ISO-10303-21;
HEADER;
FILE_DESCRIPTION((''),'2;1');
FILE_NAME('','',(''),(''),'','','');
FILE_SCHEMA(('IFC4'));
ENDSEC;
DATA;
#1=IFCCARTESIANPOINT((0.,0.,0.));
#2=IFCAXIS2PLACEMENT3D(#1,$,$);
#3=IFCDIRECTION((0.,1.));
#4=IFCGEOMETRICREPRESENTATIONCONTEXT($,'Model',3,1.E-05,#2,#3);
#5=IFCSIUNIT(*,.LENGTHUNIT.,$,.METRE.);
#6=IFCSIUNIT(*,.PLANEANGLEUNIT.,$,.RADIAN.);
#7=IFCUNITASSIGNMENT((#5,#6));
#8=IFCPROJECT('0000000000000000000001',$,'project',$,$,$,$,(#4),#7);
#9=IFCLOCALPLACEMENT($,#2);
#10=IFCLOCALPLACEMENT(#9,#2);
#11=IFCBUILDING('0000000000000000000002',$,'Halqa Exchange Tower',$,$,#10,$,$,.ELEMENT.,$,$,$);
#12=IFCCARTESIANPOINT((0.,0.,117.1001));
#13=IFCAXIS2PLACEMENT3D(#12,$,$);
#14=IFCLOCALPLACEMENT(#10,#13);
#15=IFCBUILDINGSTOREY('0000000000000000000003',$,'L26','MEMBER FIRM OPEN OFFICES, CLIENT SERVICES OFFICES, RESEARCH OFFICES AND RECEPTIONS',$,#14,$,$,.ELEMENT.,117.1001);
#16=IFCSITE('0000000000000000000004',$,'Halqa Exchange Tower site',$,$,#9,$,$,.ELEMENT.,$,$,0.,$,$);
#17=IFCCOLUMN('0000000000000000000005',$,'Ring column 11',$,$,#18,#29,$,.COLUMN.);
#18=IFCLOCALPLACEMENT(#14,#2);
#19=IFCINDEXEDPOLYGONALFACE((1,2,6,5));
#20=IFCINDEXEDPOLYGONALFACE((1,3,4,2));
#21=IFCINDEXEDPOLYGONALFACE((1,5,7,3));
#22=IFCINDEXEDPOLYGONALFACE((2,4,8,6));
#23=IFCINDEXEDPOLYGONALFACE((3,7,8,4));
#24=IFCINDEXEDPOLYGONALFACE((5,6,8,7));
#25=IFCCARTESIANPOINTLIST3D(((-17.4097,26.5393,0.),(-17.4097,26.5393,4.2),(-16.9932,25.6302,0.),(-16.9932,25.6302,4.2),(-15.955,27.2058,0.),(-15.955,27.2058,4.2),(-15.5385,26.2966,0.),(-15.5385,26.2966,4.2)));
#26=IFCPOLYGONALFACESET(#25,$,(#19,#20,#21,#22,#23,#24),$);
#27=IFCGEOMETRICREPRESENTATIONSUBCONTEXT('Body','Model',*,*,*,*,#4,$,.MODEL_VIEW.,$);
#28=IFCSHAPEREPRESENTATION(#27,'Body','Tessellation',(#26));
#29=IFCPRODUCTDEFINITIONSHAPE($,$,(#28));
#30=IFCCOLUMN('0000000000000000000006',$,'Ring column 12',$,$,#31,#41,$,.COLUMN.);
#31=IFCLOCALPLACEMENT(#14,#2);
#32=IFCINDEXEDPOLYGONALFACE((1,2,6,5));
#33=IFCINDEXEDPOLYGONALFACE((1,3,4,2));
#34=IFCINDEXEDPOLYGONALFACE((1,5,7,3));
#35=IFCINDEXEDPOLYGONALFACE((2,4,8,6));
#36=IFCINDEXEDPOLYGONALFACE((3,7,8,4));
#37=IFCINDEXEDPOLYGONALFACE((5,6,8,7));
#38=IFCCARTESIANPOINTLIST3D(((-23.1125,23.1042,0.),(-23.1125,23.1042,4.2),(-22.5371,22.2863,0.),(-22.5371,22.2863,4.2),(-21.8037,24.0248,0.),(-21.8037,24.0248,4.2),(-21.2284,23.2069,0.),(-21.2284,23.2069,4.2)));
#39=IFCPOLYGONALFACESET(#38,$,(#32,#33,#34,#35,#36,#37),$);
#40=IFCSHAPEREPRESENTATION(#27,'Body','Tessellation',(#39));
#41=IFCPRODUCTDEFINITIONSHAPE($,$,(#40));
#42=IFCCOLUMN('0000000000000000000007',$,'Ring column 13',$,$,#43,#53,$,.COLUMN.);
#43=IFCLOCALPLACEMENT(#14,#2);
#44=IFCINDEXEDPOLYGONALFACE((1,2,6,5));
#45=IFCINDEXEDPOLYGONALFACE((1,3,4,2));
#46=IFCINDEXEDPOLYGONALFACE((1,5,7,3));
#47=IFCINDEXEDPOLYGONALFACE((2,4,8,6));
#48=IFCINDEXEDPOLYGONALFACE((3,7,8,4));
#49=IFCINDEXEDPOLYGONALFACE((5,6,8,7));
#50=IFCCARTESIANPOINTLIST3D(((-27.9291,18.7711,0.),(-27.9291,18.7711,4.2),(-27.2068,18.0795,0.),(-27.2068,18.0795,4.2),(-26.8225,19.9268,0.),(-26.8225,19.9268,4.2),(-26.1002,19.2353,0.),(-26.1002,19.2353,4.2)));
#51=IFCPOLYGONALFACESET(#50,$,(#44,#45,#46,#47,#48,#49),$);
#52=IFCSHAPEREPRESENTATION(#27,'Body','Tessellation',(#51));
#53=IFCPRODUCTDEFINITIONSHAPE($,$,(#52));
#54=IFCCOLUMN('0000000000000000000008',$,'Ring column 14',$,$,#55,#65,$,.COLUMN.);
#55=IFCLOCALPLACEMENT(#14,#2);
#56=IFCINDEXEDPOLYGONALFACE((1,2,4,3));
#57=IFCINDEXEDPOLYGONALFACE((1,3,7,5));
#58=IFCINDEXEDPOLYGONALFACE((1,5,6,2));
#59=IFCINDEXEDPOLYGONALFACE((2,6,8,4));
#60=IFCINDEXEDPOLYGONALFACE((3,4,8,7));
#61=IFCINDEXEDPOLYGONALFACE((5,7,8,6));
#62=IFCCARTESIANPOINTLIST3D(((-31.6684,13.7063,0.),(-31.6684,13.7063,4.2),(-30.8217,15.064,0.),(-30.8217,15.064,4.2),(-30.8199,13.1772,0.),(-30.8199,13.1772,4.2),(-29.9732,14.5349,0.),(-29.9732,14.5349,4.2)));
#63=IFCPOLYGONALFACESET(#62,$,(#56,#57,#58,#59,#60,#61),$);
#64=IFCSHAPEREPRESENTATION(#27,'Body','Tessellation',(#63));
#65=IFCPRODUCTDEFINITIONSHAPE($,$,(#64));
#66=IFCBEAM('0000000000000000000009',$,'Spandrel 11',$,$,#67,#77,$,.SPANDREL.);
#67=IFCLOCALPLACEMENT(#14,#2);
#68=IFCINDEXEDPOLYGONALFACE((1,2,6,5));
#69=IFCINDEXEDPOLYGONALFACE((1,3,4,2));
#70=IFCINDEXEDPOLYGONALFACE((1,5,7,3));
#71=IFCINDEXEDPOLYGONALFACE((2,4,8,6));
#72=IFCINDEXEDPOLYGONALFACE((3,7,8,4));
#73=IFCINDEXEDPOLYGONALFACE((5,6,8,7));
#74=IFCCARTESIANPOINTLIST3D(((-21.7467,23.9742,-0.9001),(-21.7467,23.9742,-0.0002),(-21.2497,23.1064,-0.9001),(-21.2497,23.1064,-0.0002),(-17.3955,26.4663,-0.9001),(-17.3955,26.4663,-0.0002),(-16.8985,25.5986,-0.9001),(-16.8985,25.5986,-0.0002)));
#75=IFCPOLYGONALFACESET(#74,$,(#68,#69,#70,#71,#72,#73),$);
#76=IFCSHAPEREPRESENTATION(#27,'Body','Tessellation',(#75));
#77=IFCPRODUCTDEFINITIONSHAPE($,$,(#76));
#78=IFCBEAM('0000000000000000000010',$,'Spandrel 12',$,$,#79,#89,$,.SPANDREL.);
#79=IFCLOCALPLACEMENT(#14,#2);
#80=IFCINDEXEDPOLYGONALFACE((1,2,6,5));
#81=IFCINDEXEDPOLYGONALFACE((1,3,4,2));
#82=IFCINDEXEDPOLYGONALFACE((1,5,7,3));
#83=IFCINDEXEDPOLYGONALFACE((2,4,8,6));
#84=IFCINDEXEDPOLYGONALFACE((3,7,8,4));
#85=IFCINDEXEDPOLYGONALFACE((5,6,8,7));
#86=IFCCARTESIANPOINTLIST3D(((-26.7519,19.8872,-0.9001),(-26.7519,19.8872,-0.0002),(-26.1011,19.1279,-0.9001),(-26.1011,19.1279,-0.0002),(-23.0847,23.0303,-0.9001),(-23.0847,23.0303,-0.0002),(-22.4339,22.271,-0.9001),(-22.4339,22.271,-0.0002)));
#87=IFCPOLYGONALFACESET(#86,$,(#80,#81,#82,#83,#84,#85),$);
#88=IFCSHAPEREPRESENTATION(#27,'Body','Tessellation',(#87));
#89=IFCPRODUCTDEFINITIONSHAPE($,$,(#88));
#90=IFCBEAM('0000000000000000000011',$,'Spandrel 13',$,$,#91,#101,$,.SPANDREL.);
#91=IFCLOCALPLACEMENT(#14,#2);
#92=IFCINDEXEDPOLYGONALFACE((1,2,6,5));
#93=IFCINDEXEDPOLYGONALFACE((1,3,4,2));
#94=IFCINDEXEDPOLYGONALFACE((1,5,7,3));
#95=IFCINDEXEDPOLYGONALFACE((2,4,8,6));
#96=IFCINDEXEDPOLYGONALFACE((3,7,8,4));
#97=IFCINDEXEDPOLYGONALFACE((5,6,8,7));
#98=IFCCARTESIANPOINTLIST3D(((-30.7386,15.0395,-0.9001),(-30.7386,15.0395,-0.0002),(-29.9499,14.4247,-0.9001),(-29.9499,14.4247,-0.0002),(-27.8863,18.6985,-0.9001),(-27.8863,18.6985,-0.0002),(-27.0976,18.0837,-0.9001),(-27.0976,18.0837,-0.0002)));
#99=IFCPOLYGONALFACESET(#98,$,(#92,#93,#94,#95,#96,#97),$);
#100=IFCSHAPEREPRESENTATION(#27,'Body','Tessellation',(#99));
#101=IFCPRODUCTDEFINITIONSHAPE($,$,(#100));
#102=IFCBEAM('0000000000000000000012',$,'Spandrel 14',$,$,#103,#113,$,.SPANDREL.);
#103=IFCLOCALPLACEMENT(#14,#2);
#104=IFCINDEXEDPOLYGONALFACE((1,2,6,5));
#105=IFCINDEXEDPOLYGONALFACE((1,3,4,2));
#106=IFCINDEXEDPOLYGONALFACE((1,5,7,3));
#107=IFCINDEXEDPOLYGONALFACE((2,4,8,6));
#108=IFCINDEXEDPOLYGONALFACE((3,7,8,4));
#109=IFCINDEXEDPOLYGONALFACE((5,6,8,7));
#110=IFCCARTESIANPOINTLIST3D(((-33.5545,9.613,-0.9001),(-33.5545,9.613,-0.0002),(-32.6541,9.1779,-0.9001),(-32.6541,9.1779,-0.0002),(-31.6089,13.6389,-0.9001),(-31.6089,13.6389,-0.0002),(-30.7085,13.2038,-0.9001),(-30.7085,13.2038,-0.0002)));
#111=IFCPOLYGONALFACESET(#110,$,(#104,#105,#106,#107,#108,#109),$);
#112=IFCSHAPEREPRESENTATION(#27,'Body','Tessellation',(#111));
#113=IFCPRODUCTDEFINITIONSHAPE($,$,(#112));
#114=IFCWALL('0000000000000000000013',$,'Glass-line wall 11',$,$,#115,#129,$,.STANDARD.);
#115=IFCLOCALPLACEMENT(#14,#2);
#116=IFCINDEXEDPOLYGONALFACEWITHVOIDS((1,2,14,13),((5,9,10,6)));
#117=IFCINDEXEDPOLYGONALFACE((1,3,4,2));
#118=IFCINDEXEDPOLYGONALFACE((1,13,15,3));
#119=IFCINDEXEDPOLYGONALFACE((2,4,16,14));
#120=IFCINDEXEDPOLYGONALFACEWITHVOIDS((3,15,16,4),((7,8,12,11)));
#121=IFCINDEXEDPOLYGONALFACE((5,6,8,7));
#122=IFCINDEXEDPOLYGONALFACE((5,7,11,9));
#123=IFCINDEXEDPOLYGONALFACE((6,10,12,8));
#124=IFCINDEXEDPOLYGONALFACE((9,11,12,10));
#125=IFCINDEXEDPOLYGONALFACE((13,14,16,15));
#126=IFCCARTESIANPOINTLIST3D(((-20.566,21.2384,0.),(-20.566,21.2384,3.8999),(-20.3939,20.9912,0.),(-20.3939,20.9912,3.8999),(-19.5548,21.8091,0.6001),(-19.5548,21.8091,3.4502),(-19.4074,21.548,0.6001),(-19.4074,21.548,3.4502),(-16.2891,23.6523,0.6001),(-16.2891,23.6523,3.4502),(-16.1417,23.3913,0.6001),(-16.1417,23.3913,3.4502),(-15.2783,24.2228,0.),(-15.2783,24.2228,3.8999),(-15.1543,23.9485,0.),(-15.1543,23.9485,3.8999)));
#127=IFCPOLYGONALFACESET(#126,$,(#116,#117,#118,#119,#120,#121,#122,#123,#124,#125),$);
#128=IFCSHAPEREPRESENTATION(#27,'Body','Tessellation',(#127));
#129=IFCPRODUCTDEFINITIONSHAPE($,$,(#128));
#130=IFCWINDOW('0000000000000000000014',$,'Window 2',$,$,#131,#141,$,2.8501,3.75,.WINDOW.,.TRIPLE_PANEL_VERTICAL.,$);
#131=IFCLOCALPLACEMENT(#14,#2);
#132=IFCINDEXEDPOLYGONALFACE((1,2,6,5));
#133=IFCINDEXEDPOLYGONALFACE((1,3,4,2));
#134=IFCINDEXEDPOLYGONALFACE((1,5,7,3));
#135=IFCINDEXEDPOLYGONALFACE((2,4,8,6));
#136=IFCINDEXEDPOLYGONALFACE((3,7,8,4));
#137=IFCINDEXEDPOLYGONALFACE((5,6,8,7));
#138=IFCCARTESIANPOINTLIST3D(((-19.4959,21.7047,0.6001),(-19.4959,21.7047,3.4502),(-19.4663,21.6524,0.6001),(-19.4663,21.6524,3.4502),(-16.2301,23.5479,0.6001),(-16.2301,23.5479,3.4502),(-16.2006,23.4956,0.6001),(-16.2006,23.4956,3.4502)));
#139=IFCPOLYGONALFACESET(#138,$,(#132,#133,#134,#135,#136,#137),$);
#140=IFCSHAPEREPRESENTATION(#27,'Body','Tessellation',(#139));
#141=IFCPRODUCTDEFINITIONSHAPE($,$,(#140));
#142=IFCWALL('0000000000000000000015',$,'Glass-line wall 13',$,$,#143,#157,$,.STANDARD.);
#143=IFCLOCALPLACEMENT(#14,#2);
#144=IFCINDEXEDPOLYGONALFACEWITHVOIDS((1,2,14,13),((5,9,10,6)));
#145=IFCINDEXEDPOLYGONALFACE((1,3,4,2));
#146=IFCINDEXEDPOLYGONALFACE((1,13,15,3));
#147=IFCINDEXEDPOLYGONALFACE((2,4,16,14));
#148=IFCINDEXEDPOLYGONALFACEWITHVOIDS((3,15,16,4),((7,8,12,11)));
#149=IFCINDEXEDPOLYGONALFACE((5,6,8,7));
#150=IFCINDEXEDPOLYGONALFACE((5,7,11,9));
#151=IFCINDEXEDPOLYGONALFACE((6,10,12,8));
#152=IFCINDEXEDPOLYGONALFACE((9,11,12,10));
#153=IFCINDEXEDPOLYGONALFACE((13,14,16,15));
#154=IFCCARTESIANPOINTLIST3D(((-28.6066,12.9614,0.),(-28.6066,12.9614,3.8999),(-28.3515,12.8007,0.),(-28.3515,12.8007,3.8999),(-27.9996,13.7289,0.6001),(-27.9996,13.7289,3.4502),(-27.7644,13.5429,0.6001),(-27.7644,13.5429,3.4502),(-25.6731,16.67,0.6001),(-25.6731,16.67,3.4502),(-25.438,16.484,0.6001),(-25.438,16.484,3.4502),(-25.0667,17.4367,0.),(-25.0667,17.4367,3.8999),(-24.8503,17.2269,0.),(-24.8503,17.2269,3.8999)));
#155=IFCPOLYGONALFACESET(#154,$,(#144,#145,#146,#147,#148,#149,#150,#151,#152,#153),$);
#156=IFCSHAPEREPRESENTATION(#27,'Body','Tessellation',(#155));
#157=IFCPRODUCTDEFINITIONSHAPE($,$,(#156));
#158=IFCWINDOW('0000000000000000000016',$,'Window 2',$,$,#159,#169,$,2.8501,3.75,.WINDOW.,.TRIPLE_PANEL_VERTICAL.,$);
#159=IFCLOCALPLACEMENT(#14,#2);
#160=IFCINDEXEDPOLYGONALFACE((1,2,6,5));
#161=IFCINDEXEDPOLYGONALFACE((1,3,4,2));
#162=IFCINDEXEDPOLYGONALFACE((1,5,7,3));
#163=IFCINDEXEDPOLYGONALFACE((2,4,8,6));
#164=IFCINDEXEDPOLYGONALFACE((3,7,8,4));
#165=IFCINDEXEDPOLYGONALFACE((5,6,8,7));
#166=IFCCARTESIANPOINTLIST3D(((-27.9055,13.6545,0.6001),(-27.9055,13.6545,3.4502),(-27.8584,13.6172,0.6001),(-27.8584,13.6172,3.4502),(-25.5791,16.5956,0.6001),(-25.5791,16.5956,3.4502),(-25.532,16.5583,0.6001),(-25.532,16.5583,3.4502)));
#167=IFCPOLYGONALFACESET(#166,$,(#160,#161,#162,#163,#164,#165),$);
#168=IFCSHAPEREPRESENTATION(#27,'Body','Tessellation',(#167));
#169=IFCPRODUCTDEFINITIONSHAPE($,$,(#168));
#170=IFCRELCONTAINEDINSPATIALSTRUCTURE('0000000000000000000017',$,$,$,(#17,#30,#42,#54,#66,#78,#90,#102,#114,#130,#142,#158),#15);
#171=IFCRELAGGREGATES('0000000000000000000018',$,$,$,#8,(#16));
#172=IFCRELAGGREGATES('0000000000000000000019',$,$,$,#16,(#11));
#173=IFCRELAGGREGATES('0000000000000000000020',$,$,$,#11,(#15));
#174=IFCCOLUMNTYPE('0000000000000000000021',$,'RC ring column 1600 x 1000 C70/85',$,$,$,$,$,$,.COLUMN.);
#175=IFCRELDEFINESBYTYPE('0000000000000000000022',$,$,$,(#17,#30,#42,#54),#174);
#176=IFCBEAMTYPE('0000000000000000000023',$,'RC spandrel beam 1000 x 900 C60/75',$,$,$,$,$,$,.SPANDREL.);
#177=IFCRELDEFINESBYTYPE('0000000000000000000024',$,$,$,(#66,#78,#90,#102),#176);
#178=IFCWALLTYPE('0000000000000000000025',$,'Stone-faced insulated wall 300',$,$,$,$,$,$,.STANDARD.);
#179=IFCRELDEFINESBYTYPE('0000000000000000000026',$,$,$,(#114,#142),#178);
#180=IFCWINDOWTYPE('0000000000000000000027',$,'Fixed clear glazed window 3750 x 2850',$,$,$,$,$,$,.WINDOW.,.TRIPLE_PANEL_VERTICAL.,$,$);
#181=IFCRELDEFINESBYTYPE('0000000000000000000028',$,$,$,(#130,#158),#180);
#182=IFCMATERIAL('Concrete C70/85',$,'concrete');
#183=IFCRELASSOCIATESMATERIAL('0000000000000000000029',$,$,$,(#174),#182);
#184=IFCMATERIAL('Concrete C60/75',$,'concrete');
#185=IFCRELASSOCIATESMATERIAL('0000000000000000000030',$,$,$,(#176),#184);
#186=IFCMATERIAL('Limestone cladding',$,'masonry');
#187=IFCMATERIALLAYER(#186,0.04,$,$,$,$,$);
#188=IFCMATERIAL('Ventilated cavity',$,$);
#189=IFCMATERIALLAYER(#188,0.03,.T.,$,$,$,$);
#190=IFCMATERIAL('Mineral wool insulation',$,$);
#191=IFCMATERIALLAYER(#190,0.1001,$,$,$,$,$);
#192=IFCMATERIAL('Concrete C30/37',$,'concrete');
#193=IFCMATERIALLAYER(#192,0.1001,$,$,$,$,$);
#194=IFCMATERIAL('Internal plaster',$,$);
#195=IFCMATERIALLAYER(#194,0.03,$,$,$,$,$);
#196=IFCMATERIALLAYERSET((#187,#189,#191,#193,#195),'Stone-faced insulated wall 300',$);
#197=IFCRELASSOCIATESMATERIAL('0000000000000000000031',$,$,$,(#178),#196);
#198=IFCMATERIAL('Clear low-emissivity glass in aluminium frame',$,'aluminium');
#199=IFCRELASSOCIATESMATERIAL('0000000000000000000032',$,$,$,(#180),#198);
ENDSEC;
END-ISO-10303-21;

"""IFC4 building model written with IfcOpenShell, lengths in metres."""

from ifc_helpers import new_model, si_unit, direction, frame, frame_2d, origin, origin_2d, place, context, subcontext, project, spatial, polyline, rectangle, outline, extrude, material, layer, layer_set, material_profile, profile_set, type_object, element, fill, save


model = new_model("IFC4")

# Units and contexts
model_context = context("Model", 3, precision=1e-05, world=origin(), true_north=direction((0.0, 1.0)))
body_context = subcontext(model_context, "Body", "Model", "MODEL_VIEW")
ifc_project = project(units=[si_unit("LENGTHUNIT", "METRE"), si_unit("PLANEANGLEUNIT", "RADIAN")], contexts=[model_context])

# Site, building, storey
site_placement = place(None, origin())
site = spatial("IfcSite", under=ifc_project, at=site_placement, Name="Halqa Exchange Tower site", CompositionType="ELEMENT", RefElevation=0.0)
building_placement = place(site_placement, origin())
building = spatial("IfcBuilding", under=site, at=building_placement, Name="Halqa Exchange Tower", CompositionType="ELEMENT")
storey_placement = place(building_placement, frame((0.0, 0.0, 117.1001)))
storey = spatial("IfcBuildingStorey", under=building, at=storey_placement, Name="L26", Description="MEMBER FIRM OPEN OFFICES, CLIENT SERVICES OFFICES, RESEARCH OFFICES AND RECEPTIONS", CompositionType="ELEMENT", Elevation=117.1001)

# Columns
ifc_material_1 = material(Name="Concrete C70/85", Category="concrete")
ifc_material_profile_1 = material_profile(ifc_material_1, rectangle(XDim=1.6001, YDim=1.0, at=origin_2d()), Name="1600 x 1000")
ifc_profile_set_1 = profile_set([ifc_material_profile_1], Name="Concrete C70/85")
column_type = type_object("IfcColumnType", Name="RC ring column 1600 x 1000 C70/85", PredefinedType="COLUMN", material=ifc_profile_set_1)
for number, where, z_axis, x_axis, name in (
    (1, (-16.4741, 26.418, 0.0), (0.0, 0.0, 1.0), (-0.909127, -0.416519, 0.0), "Ring column 11"),
    (2, (-22.1704, 23.1555, 0.0), (0.0, 0.0, 1.0), (-0.817907, -0.575351, 0.0), "Ring column 12"),
    (3, (-27.0146, 19.0032, 0.0), (0.0, 0.0, 1.0), (-0.691574, -0.722306, 0.0), "Ring column 13"),
    (4, (-30.8208, 14.1206, 0.0), (0.0, 0.0, 1.0), (-0.529142, -0.848533, 0.0), "Ring column 14"),
):
    element("IfcColumn", number, at=place(storey_placement, frame(where, z_axis=z_axis, x_axis=x_axis)), inside=storey, type_object=column_type, Name=name, PredefinedType="COLUMN", context=body_context, shape_type="SweptSolid", body=[
        extrude(rectangle(XDim=1.6001, YDim=1.0, at=origin_2d()), origin(), (0.0, 0.0, 1.0), 4.2),
    ])

# Beams
ifc_material_2 = material(Name="Concrete C60/75", Category="concrete")
ifc_material_profile_2 = material_profile(ifc_material_2, rectangle(XDim=1.0, YDim=0.8999, at=origin_2d()), Name="1000 x 900")
ifc_profile_set_2 = profile_set([ifc_material_profile_2], Name="Concrete C60/75")
beam_type = type_object("IfcBeamType", Name="RC spandrel beam 1000 x 900 C60/75", PredefinedType="SPANDREL", material=ifc_profile_set_2)
beam_1_placement = place(storey_placement, frame((-17.147, 26.0325, -0.4502), z_axis=(-0.867751, -0.496999, 0.0), x_axis=(0.496999, -0.867751, 0.0)))
element("IfcBeam", 5, at=beam_1_placement, inside=storey, type_object=beam_type, Name="Spandrel 11", PredefinedType="SPANDREL", context=body_context, shape_type="SweptSolid", body=[
    extrude(rectangle(XDim=1.0, YDim=0.8999, at=origin_2d()), origin(), (0.0, 0.0, 1.0), 5.0144),
])
beam_2_placement = place(storey_placement, frame((-22.7593, 22.6506, -0.4502), z_axis=(-0.759285, -0.650758, 0.0), x_axis=(0.650758, -0.759285, 0.0)))
element("IfcBeam", 6, at=beam_2_placement, inside=storey, type_object=beam_type, Name="Spandrel 12", PredefinedType="SPANDREL", context=body_context, shape_type="SweptSolid", body=[
    extrude(rectangle(XDim=1.0, YDim=0.8999, at=origin_2d()), origin(), (0.0, 0.0, 1.0), 4.8298),
])
beam_3_placement = place(storey_placement, frame((-27.4919, 18.3911, -0.4502), z_axis=(-0.614807, -0.788677, 0.0), x_axis=(0.788677, -0.614807, 0.0)))
element("IfcBeam", 7, at=beam_3_placement, inside=storey, type_object=beam_type, Name="Spandrel 13", PredefinedType="SPANDREL", context=body_context, shape_type="SweptSolid", body=[
    extrude(rectangle(XDim=1.0, YDim=0.8999, at=origin_2d()), origin(), (0.0, 0.0, 1.0), 4.6394),
])
beam_4_placement = place(storey_placement, frame((-31.1587, 13.4214, -0.4502), z_axis=(-0.435117, -0.900374, 0.0), x_axis=(0.900374, -0.435117, 0.0)))
element("IfcBeam", 8, at=beam_4_placement, inside=storey, type_object=beam_type, Name="Spandrel 14", PredefinedType="SPANDREL", context=body_context, shape_type="SweptSolid", body=[
    extrude(rectangle(XDim=1.0, YDim=0.8999, at=origin_2d()), origin(), (0.0, 0.0, 1.0), 4.4714),
])

# Wall, opening, window
ifc_material_3 = material(Name="Limestone cladding", Category="masonry")
ifc_layer_1 = layer(ifc_material_3, 0.04)
ifc_material_4 = material(Name="Ventilated cavity")
ifc_layer_2 = layer(ifc_material_4, 0.03, ventilated=True)
ifc_material_5 = material(Name="Mineral wool insulation")
ifc_layer_3 = layer(ifc_material_5, 0.1001)
ifc_material_6 = material(Name="Concrete C30/37", Category="concrete")
ifc_layer_4 = layer(ifc_material_6, 0.1001)
ifc_material_7 = material(Name="Internal plaster")
ifc_layer_5 = layer(ifc_material_7, 0.03)
ifc_layer_set_1 = layer_set([ifc_layer_1, ifc_layer_2, ifc_layer_3, ifc_layer_4, ifc_layer_5], Name="Stone-faced insulated wall 300")
wall_type_1 = type_object("IfcWallType", Name="Stone-faced insulated wall 300", PredefinedType="STANDARD", material=ifc_layer_set_1)
wall_1_placement = place(storey_placement, frame((-15.2163, 24.0857, 0.0), z_axis=(0.0, 0.0, 1.0), x_axis=(-0.870858, -0.491534, 0.0)))
wall_1 = element("IfcWall", 9, at=wall_1_placement, inside=storey, type_object=wall_type_1, Name="Glass-line wall 11", PredefinedType="STANDARD", context=body_context, shape_type="SweptSolid", body=[
    extrude(outline(polyline([(-0.0134, -0.1499), (6.0583, -0.1499), (6.03, 0.1499), (0.0134, 0.1499), (-0.0134, -0.1499)])), origin(), (0.0, 0.0, 1.0), 3.8999),
])
opening_1_placement = place(wall_1_placement, frame((1.1472, 0.0, 0.6001)))
opening_1 = element("IfcOpeningElement", 10, at=opening_1_placement, cuts=wall_1, PredefinedType="OPENING", context=body_context, shape_type="SweptSolid", body=[
    extrude(rectangle(XDim=3.75, YDim=2.8501, at=frame_2d((1.875, 1.425))), frame((0.0, 0.1621, 0.0), z_axis=(0.0, -1.0, 0.0), x_axis=(1.0, 0.0, 0.0)), (0.0, 0.0, 1.0), 0.324),
])
ifc_material_8 = material(Name="Clear low-emissivity glass in aluminium frame", Category="aluminium")
window_type = type_object("IfcWindowType", Name="Fixed clear glazed window 3750 x 2850", PartitioningType="TRIPLE_PANEL_VERTICAL", PredefinedType="WINDOW", material=ifc_material_8)
window_1_placement = place(opening_1_placement, origin())
window_1 = element("IfcWindow", 11, at=window_1_placement, inside=storey, type_object=window_type, Name="Window 2", OverallHeight=2.8501, OverallWidth=3.75, PartitioningType="TRIPLE_PANEL_VERTICAL", PredefinedType="WINDOW", context=body_context, shape_type="SweptSolid", body=[
    extrude(rectangle(XDim=3.75, YDim=2.8501, at=frame_2d((1.875, 1.425))), frame((0.0, 0.03, 0.0), z_axis=(0.0, -1.0, 0.0), x_axis=(1.0, 0.0, 0.0)), (0.0, 0.0, 1.0), 0.0601),
])
fill(opening_1, window_1)

# Wall, opening, window
wall_2_placement = place(storey_placement, frame((-24.9585, 17.3318, 0.0), z_axis=(0.0, 0.0, 1.0), x_axis=(-0.620383, -0.784299, 0.0)))
wall_2 = element("IfcWall", 12, at=wall_2_placement, inside=storey, type_object=wall_type_1, Name="Glass-line wall 13", PredefinedType="STANDARD", context=body_context, shape_type="SweptSolid", body=[
    extrude(outline(polyline([(-0.0151, -0.1499), (5.6909, -0.1499), (5.6587, 0.1499), (0.0151, 0.1499), (-0.0151, -0.1499)])), origin(), (0.0, 0.0, 1.0), 3.8999),
])
opening_2_placement = place(wall_2_placement, frame((0.9624, 0.0, 0.6001)))
opening_2 = element("IfcOpeningElement", 13, at=opening_2_placement, cuts=wall_2, PredefinedType="OPENING", context=body_context, shape_type="SweptSolid", body=[
    extrude(rectangle(XDim=3.75, YDim=2.8501, at=frame_2d((1.875, 1.425))), frame((0.0, 0.1621, 0.0), z_axis=(0.0, -1.0, 0.0), x_axis=(1.0, 0.0, 0.0)), (0.0, 0.0, 1.0), 0.324),
])
window_2_placement = place(opening_2_placement, origin())
window_2 = element("IfcWindow", 14, at=window_2_placement, inside=storey, type_object=window_type, Name="Window 2", OverallHeight=2.8501, OverallWidth=3.75, PartitioningType="TRIPLE_PANEL_VERTICAL", PredefinedType="WINDOW", context=body_context, shape_type="SweptSolid", body=[
    extrude(rectangle(XDim=3.75, YDim=2.8501, at=frame_2d((1.875, 1.425))), frame((0.0, 0.03, 0.0), z_axis=(0.0, -1.0, 0.0), x_axis=(1.0, 0.0, 0.0)), (0.0, 0.0, 1.0), 0.0601),
])
fill(opening_2, window_2)

save(model, "model.ifc")
